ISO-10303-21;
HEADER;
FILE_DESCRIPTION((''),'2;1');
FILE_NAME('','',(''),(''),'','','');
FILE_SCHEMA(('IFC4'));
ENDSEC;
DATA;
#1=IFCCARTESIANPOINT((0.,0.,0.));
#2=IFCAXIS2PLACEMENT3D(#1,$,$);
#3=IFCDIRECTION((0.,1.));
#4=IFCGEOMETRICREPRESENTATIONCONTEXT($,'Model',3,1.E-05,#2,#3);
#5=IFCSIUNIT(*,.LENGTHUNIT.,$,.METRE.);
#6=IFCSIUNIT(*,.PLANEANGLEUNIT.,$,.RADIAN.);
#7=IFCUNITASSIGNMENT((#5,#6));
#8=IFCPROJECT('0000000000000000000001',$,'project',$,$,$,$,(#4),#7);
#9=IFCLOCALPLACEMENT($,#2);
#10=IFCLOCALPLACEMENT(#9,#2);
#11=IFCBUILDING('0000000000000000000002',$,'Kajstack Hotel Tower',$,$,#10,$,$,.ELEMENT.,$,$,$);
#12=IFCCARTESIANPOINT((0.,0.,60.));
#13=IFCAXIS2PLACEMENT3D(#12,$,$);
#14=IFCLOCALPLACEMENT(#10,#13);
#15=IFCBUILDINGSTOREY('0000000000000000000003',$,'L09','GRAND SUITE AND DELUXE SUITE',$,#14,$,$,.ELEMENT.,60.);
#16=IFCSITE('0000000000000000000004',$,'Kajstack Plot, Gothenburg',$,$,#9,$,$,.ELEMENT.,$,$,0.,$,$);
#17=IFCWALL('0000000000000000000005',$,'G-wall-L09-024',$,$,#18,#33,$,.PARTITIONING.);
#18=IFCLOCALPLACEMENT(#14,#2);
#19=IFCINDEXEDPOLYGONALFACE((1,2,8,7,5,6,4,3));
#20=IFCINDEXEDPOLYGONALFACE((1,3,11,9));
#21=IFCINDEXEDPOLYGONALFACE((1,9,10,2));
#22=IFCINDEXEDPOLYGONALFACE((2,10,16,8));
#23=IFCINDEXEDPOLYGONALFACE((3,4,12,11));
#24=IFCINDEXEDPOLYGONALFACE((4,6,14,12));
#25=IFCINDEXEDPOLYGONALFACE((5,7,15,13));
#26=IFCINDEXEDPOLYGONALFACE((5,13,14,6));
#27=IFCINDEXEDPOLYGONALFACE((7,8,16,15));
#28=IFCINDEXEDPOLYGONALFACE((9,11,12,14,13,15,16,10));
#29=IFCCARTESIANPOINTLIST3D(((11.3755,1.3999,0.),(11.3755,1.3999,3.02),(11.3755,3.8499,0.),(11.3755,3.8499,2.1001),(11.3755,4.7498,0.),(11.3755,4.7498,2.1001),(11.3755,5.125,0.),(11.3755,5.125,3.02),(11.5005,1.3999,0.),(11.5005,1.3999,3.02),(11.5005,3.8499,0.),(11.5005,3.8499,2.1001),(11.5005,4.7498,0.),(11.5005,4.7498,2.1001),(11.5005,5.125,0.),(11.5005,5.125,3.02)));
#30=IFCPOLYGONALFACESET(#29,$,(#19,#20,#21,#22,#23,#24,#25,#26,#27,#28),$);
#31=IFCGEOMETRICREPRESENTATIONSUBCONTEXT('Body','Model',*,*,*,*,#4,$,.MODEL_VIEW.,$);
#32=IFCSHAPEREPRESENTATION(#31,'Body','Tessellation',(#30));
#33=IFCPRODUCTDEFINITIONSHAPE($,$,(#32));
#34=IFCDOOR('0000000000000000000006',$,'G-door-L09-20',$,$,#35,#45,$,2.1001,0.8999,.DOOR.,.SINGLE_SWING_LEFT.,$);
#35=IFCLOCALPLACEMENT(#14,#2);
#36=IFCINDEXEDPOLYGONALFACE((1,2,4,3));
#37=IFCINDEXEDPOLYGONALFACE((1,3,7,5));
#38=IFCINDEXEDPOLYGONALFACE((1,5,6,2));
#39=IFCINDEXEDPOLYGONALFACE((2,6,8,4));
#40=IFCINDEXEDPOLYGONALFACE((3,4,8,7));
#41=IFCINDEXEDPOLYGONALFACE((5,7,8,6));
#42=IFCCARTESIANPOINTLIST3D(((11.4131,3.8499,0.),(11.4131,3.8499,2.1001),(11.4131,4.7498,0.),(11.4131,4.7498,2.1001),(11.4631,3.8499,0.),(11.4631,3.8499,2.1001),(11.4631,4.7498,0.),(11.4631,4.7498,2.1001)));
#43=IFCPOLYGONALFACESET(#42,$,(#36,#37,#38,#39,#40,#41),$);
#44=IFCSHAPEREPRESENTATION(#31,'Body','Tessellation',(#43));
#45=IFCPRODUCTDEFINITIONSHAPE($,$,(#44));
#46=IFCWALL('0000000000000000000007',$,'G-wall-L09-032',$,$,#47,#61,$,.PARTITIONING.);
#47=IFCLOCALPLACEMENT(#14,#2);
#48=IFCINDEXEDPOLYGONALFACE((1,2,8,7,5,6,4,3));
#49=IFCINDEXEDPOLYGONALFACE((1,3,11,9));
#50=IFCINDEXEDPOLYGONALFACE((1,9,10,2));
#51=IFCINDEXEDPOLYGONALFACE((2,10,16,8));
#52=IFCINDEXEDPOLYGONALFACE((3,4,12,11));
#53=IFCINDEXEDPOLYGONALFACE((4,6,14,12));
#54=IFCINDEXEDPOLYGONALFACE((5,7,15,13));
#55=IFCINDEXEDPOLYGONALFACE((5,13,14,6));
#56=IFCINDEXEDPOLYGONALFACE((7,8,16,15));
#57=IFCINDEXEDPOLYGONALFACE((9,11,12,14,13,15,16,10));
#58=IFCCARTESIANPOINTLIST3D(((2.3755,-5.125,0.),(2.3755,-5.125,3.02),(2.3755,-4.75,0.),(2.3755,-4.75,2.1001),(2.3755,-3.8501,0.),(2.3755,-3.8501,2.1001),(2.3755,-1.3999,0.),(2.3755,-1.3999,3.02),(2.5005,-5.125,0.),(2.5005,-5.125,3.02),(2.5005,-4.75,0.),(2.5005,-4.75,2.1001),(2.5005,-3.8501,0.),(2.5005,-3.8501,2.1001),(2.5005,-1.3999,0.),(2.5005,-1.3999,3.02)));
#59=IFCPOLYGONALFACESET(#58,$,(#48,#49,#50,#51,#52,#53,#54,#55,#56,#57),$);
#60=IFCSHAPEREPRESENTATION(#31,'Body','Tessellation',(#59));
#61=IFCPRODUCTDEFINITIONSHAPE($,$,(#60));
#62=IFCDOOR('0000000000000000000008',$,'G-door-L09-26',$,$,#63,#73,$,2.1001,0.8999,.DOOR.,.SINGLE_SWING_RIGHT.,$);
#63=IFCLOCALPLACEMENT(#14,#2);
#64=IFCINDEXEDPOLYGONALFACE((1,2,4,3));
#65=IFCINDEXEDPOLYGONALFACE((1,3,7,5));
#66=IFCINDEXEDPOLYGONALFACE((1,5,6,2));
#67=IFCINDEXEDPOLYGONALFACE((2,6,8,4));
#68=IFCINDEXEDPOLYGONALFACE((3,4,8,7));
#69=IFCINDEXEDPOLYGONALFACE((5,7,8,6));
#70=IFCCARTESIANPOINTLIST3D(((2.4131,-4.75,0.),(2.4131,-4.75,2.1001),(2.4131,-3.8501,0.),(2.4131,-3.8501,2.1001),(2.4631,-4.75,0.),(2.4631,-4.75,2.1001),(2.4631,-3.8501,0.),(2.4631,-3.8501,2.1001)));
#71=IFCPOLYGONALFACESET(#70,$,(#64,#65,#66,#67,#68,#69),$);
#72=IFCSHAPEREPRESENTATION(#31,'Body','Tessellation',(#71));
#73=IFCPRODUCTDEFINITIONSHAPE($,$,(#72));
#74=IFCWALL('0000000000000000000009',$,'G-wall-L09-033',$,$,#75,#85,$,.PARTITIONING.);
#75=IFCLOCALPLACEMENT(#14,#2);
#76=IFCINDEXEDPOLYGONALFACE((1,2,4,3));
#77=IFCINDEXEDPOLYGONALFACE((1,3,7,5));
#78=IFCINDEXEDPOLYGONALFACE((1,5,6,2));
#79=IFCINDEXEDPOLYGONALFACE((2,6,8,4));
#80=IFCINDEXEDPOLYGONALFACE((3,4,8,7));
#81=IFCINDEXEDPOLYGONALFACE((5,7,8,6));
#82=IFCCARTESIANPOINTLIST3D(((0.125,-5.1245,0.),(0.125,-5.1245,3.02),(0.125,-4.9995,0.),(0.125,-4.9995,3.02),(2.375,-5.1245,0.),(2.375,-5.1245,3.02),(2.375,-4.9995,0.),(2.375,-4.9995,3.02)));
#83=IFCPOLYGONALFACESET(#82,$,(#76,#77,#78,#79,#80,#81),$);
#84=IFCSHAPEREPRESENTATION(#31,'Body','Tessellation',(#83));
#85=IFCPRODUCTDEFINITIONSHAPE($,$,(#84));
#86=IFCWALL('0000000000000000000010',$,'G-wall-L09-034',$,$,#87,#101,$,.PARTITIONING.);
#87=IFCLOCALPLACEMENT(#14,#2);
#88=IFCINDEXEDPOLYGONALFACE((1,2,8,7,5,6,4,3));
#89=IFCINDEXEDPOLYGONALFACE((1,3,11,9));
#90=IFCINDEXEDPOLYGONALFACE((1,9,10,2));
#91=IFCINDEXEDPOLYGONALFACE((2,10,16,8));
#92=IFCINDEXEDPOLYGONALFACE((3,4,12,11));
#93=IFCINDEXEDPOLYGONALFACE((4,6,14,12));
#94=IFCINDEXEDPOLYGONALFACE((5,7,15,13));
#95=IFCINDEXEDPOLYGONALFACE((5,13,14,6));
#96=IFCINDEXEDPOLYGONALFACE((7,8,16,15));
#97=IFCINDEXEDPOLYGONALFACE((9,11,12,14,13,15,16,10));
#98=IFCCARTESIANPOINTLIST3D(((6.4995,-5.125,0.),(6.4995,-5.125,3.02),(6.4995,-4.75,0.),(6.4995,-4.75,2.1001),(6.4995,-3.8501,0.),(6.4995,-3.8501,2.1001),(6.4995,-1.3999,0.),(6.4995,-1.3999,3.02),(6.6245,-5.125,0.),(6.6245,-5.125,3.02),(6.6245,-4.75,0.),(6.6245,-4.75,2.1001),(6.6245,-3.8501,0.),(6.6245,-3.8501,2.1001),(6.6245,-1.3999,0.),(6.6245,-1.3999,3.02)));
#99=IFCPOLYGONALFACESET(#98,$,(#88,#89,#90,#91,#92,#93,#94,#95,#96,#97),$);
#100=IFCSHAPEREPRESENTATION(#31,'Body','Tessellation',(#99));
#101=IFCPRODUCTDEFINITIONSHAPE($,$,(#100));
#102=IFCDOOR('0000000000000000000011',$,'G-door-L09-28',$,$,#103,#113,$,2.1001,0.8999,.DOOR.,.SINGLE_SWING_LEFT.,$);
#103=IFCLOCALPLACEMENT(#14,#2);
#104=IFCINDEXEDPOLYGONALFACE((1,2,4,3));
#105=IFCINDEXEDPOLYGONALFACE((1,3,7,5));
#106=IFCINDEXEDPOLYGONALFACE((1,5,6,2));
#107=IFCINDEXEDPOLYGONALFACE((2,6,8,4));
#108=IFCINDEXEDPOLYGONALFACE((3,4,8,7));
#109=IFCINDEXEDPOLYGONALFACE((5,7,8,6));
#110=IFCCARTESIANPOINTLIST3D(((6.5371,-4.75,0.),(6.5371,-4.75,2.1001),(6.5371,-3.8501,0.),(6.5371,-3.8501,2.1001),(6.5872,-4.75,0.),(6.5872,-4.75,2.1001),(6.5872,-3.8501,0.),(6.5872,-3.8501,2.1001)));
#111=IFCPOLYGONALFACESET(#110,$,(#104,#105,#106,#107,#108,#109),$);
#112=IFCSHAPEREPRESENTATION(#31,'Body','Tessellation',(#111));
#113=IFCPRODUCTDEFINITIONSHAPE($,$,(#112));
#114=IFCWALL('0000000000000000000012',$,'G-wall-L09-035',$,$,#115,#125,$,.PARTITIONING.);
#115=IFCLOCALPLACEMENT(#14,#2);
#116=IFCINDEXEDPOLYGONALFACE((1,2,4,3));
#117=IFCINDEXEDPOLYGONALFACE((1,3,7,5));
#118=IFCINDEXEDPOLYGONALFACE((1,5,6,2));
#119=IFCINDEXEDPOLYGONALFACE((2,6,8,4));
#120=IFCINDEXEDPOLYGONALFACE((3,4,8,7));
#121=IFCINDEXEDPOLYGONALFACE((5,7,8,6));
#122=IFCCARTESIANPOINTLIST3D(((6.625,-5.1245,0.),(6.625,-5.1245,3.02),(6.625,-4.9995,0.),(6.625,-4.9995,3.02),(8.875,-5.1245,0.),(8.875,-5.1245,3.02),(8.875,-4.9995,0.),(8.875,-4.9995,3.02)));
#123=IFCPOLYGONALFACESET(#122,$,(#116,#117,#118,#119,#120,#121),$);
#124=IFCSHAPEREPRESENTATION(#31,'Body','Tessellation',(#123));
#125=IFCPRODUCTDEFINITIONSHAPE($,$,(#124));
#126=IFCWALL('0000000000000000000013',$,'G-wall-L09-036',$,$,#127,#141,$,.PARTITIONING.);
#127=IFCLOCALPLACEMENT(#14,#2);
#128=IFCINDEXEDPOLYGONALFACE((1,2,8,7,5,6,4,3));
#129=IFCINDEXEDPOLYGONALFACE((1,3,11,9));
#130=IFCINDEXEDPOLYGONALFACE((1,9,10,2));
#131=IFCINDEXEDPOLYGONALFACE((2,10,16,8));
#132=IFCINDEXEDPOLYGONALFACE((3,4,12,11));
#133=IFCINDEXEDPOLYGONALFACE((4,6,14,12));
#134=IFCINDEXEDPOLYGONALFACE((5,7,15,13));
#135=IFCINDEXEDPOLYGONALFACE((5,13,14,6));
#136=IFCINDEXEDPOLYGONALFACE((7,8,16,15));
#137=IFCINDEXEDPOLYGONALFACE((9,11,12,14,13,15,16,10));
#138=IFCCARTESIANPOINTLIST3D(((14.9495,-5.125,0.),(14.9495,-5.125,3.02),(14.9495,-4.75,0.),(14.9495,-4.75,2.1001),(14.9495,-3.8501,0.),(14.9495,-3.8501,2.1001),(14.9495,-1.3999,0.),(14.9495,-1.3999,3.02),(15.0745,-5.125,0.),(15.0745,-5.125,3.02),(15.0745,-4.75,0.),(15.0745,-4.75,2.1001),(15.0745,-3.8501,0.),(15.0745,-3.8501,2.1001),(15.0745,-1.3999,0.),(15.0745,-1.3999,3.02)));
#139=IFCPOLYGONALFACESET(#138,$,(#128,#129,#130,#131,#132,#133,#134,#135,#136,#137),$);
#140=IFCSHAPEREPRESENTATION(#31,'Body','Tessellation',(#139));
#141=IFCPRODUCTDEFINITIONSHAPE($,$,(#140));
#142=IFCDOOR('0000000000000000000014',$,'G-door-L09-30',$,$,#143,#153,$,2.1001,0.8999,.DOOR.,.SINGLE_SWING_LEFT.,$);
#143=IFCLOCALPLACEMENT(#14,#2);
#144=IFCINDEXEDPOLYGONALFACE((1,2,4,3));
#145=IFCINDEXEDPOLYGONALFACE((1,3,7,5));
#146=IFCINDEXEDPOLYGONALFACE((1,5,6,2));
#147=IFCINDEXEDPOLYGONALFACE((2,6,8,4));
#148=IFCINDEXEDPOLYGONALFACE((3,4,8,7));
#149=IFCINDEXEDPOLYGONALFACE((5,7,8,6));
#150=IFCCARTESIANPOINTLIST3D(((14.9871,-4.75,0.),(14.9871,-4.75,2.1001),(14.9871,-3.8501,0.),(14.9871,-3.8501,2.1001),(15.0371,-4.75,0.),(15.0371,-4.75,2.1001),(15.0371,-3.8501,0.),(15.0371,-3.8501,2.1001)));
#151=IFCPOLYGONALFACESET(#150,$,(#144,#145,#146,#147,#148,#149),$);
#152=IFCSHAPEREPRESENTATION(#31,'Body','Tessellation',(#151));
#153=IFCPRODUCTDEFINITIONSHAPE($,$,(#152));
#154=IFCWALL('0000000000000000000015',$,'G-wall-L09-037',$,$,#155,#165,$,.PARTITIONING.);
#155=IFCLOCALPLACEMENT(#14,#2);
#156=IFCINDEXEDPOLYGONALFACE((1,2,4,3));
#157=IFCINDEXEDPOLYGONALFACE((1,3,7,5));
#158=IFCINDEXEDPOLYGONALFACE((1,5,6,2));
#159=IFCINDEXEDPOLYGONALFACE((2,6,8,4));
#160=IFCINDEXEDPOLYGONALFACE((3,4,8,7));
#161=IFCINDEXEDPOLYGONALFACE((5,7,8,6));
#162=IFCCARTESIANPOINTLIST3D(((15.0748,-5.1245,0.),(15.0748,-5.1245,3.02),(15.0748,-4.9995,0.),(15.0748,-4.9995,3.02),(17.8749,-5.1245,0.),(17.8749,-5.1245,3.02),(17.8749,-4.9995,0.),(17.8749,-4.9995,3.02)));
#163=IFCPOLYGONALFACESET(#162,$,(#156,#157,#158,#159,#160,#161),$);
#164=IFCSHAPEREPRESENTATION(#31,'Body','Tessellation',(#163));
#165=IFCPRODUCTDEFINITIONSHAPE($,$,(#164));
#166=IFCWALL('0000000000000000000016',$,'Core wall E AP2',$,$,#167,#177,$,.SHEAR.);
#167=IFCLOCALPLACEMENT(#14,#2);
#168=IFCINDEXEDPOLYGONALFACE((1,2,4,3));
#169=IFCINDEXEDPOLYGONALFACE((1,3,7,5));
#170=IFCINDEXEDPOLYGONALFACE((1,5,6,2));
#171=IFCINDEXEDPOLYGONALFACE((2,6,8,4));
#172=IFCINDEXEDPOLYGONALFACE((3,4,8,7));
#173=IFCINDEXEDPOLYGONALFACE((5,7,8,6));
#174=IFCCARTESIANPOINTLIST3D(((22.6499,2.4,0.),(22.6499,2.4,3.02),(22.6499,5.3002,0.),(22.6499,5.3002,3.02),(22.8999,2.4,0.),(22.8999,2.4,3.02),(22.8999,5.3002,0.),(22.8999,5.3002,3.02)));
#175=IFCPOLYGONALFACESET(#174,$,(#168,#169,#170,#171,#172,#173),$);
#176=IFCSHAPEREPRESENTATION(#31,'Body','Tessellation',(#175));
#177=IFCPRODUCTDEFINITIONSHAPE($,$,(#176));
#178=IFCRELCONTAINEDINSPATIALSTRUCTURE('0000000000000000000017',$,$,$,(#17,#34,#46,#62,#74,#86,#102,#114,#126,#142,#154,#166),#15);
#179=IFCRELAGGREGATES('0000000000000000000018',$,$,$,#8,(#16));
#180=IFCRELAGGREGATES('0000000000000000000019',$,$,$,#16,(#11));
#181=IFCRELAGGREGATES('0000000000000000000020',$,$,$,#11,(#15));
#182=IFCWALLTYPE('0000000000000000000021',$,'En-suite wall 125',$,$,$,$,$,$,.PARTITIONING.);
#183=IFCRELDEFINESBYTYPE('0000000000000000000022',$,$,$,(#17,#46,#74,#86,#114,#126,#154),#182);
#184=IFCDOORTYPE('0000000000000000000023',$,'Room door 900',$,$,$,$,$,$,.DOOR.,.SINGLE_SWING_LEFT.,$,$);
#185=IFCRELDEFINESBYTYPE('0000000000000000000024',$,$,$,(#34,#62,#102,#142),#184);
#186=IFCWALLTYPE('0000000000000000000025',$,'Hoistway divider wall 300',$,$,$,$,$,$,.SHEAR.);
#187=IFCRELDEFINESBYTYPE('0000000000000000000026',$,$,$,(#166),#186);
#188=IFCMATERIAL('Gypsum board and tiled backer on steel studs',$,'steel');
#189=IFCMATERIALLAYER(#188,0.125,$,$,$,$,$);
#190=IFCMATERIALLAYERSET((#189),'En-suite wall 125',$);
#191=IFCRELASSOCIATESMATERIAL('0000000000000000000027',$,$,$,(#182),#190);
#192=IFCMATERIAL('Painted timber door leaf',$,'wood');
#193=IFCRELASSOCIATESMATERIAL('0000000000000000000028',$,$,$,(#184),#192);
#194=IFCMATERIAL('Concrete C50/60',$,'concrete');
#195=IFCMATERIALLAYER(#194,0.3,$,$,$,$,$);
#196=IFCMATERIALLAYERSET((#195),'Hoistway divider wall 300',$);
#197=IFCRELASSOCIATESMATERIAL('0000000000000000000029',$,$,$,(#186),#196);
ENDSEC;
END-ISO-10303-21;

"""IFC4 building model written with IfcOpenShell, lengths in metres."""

from ifc_helpers import new_model, si_unit, direction, frame, frame_2d, origin, place, context, subcontext, project, spatial, rectangle, extrude, material, layer, layer_set, type_object, element, fill, save


model = new_model("IFC4")

# Units and contexts
model_context = context("Model", 3, precision=1e-05, world=origin(), true_north=direction((0.0, 1.0)))
body_context = subcontext(model_context, "Body", "Model", "MODEL_VIEW")
ifc_project = project(units=[si_unit("LENGTHUNIT", "METRE"), si_unit("PLANEANGLEUNIT", "RADIAN")], contexts=[model_context])

# Site, building, storey
site_placement = place(None, origin())
site = spatial("IfcSite", under=ifc_project, at=site_placement, Name="Kajstack Plot, Gothenburg", CompositionType="ELEMENT", RefElevation=0.0)
building_placement = place(site_placement, origin())
building = spatial("IfcBuilding", under=site, at=building_placement, Name="Kajstack Hotel Tower", CompositionType="ELEMENT")
storey_placement = place(building_placement, frame((0.0, 0.0, 60.0)))
storey = spatial("IfcBuildingStorey", under=building, at=storey_placement, Name="L09", Description="GRAND SUITE AND DELUXE SUITE", CompositionType="ELEMENT", Elevation=60.0)

# Walls, openings, doors
ifc_material_1 = material(Name="Gypsum board and tiled backer on steel studs", Category="steel")
ifc_layer_1 = layer(ifc_material_1, 0.125)
ifc_layer_set_1 = layer_set([ifc_layer_1], Name="En-suite wall 125")
wall_type_1 = type_object("IfcWallType", Name="En-suite wall 125", PredefinedType="PARTITIONING", material=ifc_layer_set_1)
ifc_material_2 = material(Name="Painted timber door leaf", Category="wood")
door_type_1 = type_object("IfcDoorType", Name="Room door 900", OperationType="SINGLE_SWING_LEFT", PredefinedType="DOOR", material=ifc_material_2)
wall_1_placement = place(storey_placement, frame((11.438, 1.3999, 0.0), z_axis=(0.0, 0.0, 1.0), x_axis=(0.0, 1.0, 0.0)))
wall_1 = element("IfcWall", 1, at=wall_1_placement, inside=storey, type_object=wall_type_1, Name="G-wall-L09-024", PredefinedType="PARTITIONING", context=body_context, shape_type="SweptSolid", body=[
    extrude(rectangle(XDim=3.7251, YDim=0.125, at=frame_2d((1.8625, 0.0))), origin(), (0.0, 0.0, 1.0), 3.02),
])
opening_1_placement = place(wall_1_placement, frame((2.45, 0.0, 0.0)))
opening_1 = element("IfcOpeningElement", 2, at=opening_1_placement, cuts=wall_1, PredefinedType="OPENING", context=body_context, shape_type="SweptSolid", body=[
    extrude(rectangle(XDim=0.8999, YDim=2.1001, at=frame_2d((0.45, 1.05))), frame((0.0, 0.0725, 0.0), z_axis=(0.0, -1.0, 0.0), x_axis=(1.0, 0.0, 0.0)), (0.0, 0.0, 1.0), 0.145),
])
door_1_placement = place(opening_1_placement, origin())
door_1 = element("IfcDoor", 3, at=door_1_placement, inside=storey, type_object=door_type_1, Name="G-door-L09-20", OperationType="SINGLE_SWING_LEFT", OverallHeight=2.1001, OverallWidth=0.8999, PredefinedType="DOOR", context=body_context, shape_type="SweptSolid", body=[
    extrude(rectangle(XDim=0.8999, YDim=2.1001, at=frame_2d((0.45, 1.05))), frame((0.0, 0.0249, 0.0), z_axis=(0.0, -1.0, 0.0), x_axis=(1.0, 0.0, 0.0)), (0.0, 0.0, 1.0), 0.05),
])
fill(opening_1, door_1)
wall_2_placement = place(storey_placement, frame((2.438, -5.125, 0.0), z_axis=(0.0, 0.0, 1.0), x_axis=(0.0, 1.0, 0.0)))
wall_2 = element("IfcWall", 4, at=wall_2_placement, inside=storey, type_object=wall_type_1, Name="G-wall-L09-032", PredefinedType="PARTITIONING", context=body_context, shape_type="SweptSolid", body=[
    extrude(rectangle(XDim=3.7251, YDim=0.125, at=frame_2d((1.8625, 0.0))), origin(), (0.0, 0.0, 1.0), 3.02),
])
opening_2_placement = place(wall_2_placement, frame((0.375, 0.0, 0.0)))
opening_2 = element("IfcOpeningElement", 5, at=opening_2_placement, cuts=wall_2, PredefinedType="OPENING", context=body_context, shape_type="SweptSolid", body=[
    extrude(rectangle(XDim=0.8999, YDim=2.1001, at=frame_2d((0.45, 1.05))), frame((0.0, 0.0725, 0.0), z_axis=(0.0, -1.0, 0.0), x_axis=(1.0, 0.0, 0.0)), (0.0, 0.0, 1.0), 0.145),
])
door_2_placement = place(opening_2_placement, origin())
door_2 = element("IfcDoor", 6, at=door_2_placement, inside=storey, type_object=door_type_1, Name="G-door-L09-26", OperationType="SINGLE_SWING_RIGHT", OverallHeight=2.1001, OverallWidth=0.8999, PredefinedType="DOOR", context=body_context, shape_type="SweptSolid", body=[
    extrude(rectangle(XDim=0.8999, YDim=2.1001, at=frame_2d((0.45, 1.05))), frame((0.0, 0.0249, 0.0), z_axis=(0.0, -1.0, 0.0), x_axis=(1.0, 0.0, 0.0)), (0.0, 0.0, 1.0), 0.05),
])
fill(opening_2, door_2)

# Wall
wall_3_placement = place(storey_placement, frame((0.125, -5.062, 0.0), z_axis=(0.0, 0.0, 1.0), x_axis=(1.0, 0.0, 0.0)))
element("IfcWall", 7, at=wall_3_placement, inside=storey, type_object=wall_type_1, Name="G-wall-L09-033", PredefinedType="PARTITIONING", context=body_context, shape_type="SweptSolid", body=[
    extrude(rectangle(XDim=2.25, YDim=0.125, at=frame_2d((1.125, 0.0))), origin(), (0.0, 0.0, 1.0), 3.02),
])

# Wall, opening, door
wall_4_placement = place(storey_placement, frame((6.562, -5.125, 0.0), z_axis=(0.0, 0.0, 1.0), x_axis=(0.0, 1.0, 0.0)))
wall_4 = element("IfcWall", 8, at=wall_4_placement, inside=storey, type_object=wall_type_1, Name="G-wall-L09-034", PredefinedType="PARTITIONING", context=body_context, shape_type="SweptSolid", body=[
    extrude(rectangle(XDim=3.7251, YDim=0.125, at=frame_2d((1.8625, 0.0))), origin(), (0.0, 0.0, 1.0), 3.02),
])
opening_3_placement = place(wall_4_placement, frame((0.375, 0.0, 0.0)))
opening_3 = element("IfcOpeningElement", 9, at=opening_3_placement, cuts=wall_4, PredefinedType="OPENING", context=body_context, shape_type="SweptSolid", body=[
    extrude(rectangle(XDim=0.8999, YDim=2.1001, at=frame_2d((0.45, 1.05))), frame((0.0, 0.0725, 0.0), z_axis=(0.0, -1.0, 0.0), x_axis=(1.0, 0.0, 0.0)), (0.0, 0.0, 1.0), 0.145),
])
door_3_placement = place(opening_3_placement, origin())
door_3 = element("IfcDoor", 10, at=door_3_placement, inside=storey, type_object=door_type_1, Name="G-door-L09-28", OperationType="SINGLE_SWING_LEFT", OverallHeight=2.1001, OverallWidth=0.8999, PredefinedType="DOOR", context=body_context, shape_type="SweptSolid", body=[
    extrude(rectangle(XDim=0.8999, YDim=2.1001, at=frame_2d((0.45, 1.05))), frame((0.0, 0.0249, 0.0), z_axis=(0.0, -1.0, 0.0), x_axis=(1.0, 0.0, 0.0)), (0.0, 0.0, 1.0), 0.05),
])
fill(opening_3, door_3)

# Wall
wall_5_placement = place(storey_placement, frame((6.625, -5.062, 0.0), z_axis=(0.0, 0.0, 1.0), x_axis=(1.0, 0.0, 0.0)))
element("IfcWall", 11, at=wall_5_placement, inside=storey, type_object=wall_type_1, Name="G-wall-L09-035", PredefinedType="PARTITIONING", context=body_context, shape_type="SweptSolid", body=[
    extrude(rectangle(XDim=2.25, YDim=0.125, at=frame_2d((1.125, 0.0))), origin(), (0.0, 0.0, 1.0), 3.02),
])

# Wall, opening, door
wall_6_placement = place(storey_placement, frame((15.012, -5.125, 0.0), z_axis=(0.0, 0.0, 1.0), x_axis=(0.0, 1.0, 0.0)))
wall_6 = element("IfcWall", 12, at=wall_6_placement, inside=storey, type_object=wall_type_1, Name="G-wall-L09-036", PredefinedType="PARTITIONING", context=body_context, shape_type="SweptSolid", body=[
    extrude(rectangle(XDim=3.7251, YDim=0.125, at=frame_2d((1.8625, 0.0))), origin(), (0.0, 0.0, 1.0), 3.02),
])
opening_4_placement = place(wall_6_placement, frame((0.375, 0.0, 0.0)))
opening_4 = element("IfcOpeningElement", 13, at=opening_4_placement, cuts=wall_6, PredefinedType="OPENING", context=body_context, shape_type="SweptSolid", body=[
    extrude(rectangle(XDim=0.8999, YDim=2.1001, at=frame_2d((0.45, 1.05))), frame((0.0, 0.0725, 0.0), z_axis=(0.0, -1.0, 0.0), x_axis=(1.0, 0.0, 0.0)), (0.0, 0.0, 1.0), 0.145),
])
door_4_placement = place(opening_4_placement, origin())
door_4 = element("IfcDoor", 14, at=door_4_placement, inside=storey, type_object=door_type_1, Name="G-door-L09-30", OperationType="SINGLE_SWING_LEFT", OverallHeight=2.1001, OverallWidth=0.8999, PredefinedType="DOOR", context=body_context, shape_type="SweptSolid", body=[
    extrude(rectangle(XDim=0.8999, YDim=2.1001, at=frame_2d((0.45, 1.05))), frame((0.0, 0.0249, 0.0), z_axis=(0.0, -1.0, 0.0), x_axis=(1.0, 0.0, 0.0)), (0.0, 0.0, 1.0), 0.05),
])
fill(opening_4, door_4)

# Walls
wall_7_placement = place(storey_placement, frame((15.075, -5.062, 0.0), z_axis=(0.0, 0.0, 1.0), x_axis=(1.0, 0.0, 0.0)))
element("IfcWall", 15, at=wall_7_placement, inside=storey, type_object=wall_type_1, Name="G-wall-L09-037", PredefinedType="PARTITIONING", context=body_context, shape_type="SweptSolid", body=[
    extrude(rectangle(XDim=2.8, YDim=0.125, at=frame_2d((1.3999, 0.0))), origin(), (0.0, 0.0, 1.0), 3.02),
])
ifc_material_3 = material(Name="Concrete C50/60", Category="concrete")
ifc_layer_2 = layer(ifc_material_3, 0.3)
ifc_layer_set_2 = layer_set([ifc_layer_2], Name="Hoistway divider wall 300")
wall_type_2 = type_object("IfcWallType", Name="Hoistway divider wall 300", PredefinedType="SHEAR", material=ifc_layer_set_2)
wall_8_placement = place(storey_placement, frame((22.7749, 2.3999, 0.0), z_axis=(0.0, 0.0, 1.0), x_axis=(0.0, 1.0, 0.0)))
element("IfcWall", 16, at=wall_8_placement, inside=storey, type_object=wall_type_2, Name="Core wall E AP2", PredefinedType="SHEAR", context=body_context, shape_type="SweptSolid", body=[
    extrude(rectangle(XDim=2.9001, YDim=0.25, at=frame_2d((1.4502, 0.0))), origin(), (0.0, 0.0, 1.0), 3.02),
])

save(model, "model.ifc")
